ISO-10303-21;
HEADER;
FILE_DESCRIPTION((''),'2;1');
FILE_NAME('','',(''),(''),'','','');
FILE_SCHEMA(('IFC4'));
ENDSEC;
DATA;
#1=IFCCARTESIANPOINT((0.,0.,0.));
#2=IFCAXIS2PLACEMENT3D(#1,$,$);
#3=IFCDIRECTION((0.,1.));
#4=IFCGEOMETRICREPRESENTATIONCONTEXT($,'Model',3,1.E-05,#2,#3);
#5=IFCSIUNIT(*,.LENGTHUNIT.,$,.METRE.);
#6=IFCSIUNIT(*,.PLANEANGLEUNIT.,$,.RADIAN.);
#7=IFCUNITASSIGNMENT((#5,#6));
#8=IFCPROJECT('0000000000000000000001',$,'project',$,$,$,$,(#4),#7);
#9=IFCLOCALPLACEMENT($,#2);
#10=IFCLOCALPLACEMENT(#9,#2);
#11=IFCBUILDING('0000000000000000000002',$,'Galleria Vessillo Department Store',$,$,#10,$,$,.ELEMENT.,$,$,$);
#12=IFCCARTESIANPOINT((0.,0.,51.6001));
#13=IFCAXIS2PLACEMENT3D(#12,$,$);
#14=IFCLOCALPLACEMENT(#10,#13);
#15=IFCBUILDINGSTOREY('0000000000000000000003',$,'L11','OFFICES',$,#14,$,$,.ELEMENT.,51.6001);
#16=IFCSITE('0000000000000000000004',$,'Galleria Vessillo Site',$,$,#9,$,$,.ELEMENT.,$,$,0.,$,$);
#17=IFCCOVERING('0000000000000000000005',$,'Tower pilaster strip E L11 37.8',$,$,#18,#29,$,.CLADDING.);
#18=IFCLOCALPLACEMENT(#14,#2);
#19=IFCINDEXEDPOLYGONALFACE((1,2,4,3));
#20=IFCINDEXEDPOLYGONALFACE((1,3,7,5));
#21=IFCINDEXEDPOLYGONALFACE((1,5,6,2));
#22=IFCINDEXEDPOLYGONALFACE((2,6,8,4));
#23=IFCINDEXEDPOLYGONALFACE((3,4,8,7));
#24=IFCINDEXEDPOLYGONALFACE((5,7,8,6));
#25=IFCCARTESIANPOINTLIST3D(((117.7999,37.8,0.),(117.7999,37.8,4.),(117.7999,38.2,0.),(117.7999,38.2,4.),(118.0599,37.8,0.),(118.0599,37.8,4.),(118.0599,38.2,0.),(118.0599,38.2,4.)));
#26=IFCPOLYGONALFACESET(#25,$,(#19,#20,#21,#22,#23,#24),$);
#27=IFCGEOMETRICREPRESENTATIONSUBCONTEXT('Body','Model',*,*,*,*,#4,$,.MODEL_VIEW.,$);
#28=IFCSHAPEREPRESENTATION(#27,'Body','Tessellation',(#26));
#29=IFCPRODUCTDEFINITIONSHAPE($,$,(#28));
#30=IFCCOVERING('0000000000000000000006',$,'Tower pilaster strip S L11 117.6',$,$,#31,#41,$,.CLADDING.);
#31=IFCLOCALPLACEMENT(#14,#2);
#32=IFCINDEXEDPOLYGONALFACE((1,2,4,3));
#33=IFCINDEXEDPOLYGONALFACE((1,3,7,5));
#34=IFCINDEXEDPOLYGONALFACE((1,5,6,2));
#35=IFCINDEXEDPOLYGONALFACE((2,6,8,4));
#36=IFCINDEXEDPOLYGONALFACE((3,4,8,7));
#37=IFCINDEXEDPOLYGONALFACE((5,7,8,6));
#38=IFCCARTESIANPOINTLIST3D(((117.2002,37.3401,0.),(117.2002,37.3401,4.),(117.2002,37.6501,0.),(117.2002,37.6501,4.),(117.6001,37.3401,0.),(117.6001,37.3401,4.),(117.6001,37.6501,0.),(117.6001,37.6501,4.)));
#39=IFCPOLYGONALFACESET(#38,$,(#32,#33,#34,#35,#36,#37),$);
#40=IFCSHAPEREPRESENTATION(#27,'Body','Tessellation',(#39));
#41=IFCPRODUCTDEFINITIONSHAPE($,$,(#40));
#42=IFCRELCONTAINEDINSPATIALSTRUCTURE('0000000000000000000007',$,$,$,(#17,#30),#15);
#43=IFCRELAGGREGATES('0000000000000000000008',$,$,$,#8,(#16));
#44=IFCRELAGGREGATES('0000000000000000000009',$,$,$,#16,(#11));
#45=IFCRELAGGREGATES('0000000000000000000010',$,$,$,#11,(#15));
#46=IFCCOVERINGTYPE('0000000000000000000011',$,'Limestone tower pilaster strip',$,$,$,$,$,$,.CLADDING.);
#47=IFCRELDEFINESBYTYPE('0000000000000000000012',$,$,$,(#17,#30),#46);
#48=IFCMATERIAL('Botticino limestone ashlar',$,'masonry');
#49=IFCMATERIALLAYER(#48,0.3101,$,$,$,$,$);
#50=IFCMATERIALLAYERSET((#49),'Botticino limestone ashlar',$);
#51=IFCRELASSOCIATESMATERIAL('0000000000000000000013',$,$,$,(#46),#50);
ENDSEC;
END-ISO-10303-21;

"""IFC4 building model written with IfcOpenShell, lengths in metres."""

from ifc_helpers import new_model, si_unit, direction, frame, origin, origin_2d, place, context, subcontext, project, spatial, rectangle, extrude, material, layer, layer_set, type_object, element, save


model = new_model("IFC4")

# Units and contexts
model_context = context("Model", 3, precision=1e-05, world=origin(), true_north=direction((0.0, 1.0)))
body_context = subcontext(model_context, "Body", "Model", "MODEL_VIEW")
ifc_project = project(units=[si_unit("LENGTHUNIT", "METRE"), si_unit("PLANEANGLEUNIT", "RADIAN")], contexts=[model_context])

# Site, building, storey
site_placement = place(None, origin())
site = spatial("IfcSite", under=ifc_project, at=site_placement, Name="Galleria Vessillo Site", CompositionType="ELEMENT", RefElevation=0.0)
building_placement = place(site_placement, origin())
building = spatial("IfcBuilding", under=site, at=building_placement, Name="Galleria Vessillo Department Store", CompositionType="ELEMENT")
storey_placement = place(building_placement, frame((0.0, 0.0, 51.6001)))
storey = spatial("IfcBuildingStorey", under=building, at=storey_placement, Name="L11", Description="OFFICES", CompositionType="ELEMENT", Elevation=51.6001)

# Coverings
ifc_material_1 = material(Name="Botticino limestone ashlar", Category="masonry")
ifc_layer_1 = layer(ifc_material_1, 0.3101)
ifc_layer_set_1 = layer_set([ifc_layer_1], Name="Botticino limestone ashlar")
covering_type_1 = type_object("IfcCoveringType", Name="Limestone tower pilaster strip", PredefinedType="CLADDING", material=ifc_layer_set_1)
covering_1_placement = place(storey_placement, frame((117.9299, 38.0, 0.0), z_axis=(0.0, 0.0, 1.0), x_axis=(1.0, 0.0, 0.0)))
element("IfcCovering", 1, at=covering_1_placement, inside=storey, type_object=covering_type_1, Name="Tower pilaster strip E L11 37.8", PredefinedType="CLADDING", context=body_context, shape_type="SweptSolid", body=[
    extrude(rectangle(XDim=0.26, YDim=0.3999, at=origin_2d()), origin(), (0.0, 0.0, 1.0), 4.0),
])
covering_2_placement = place(storey_placement, frame((117.4001, 37.4951, 0.0), z_axis=(0.0, 0.0, 1.0), x_axis=(1.0, 0.0, 0.0)))
element("IfcCovering", 2, at=covering_2_placement, inside=storey, type_object=covering_type_1, Name="Tower pilaster strip S L11 117.6", PredefinedType="CLADDING", context=body_context, shape_type="SweptSolid", body=[
    extrude(rectangle(XDim=0.3999, YDim=0.3101, at=origin_2d()), origin(), (0.0, 0.0, 1.0), 4.0),
])

save(model, "model.ifc")
